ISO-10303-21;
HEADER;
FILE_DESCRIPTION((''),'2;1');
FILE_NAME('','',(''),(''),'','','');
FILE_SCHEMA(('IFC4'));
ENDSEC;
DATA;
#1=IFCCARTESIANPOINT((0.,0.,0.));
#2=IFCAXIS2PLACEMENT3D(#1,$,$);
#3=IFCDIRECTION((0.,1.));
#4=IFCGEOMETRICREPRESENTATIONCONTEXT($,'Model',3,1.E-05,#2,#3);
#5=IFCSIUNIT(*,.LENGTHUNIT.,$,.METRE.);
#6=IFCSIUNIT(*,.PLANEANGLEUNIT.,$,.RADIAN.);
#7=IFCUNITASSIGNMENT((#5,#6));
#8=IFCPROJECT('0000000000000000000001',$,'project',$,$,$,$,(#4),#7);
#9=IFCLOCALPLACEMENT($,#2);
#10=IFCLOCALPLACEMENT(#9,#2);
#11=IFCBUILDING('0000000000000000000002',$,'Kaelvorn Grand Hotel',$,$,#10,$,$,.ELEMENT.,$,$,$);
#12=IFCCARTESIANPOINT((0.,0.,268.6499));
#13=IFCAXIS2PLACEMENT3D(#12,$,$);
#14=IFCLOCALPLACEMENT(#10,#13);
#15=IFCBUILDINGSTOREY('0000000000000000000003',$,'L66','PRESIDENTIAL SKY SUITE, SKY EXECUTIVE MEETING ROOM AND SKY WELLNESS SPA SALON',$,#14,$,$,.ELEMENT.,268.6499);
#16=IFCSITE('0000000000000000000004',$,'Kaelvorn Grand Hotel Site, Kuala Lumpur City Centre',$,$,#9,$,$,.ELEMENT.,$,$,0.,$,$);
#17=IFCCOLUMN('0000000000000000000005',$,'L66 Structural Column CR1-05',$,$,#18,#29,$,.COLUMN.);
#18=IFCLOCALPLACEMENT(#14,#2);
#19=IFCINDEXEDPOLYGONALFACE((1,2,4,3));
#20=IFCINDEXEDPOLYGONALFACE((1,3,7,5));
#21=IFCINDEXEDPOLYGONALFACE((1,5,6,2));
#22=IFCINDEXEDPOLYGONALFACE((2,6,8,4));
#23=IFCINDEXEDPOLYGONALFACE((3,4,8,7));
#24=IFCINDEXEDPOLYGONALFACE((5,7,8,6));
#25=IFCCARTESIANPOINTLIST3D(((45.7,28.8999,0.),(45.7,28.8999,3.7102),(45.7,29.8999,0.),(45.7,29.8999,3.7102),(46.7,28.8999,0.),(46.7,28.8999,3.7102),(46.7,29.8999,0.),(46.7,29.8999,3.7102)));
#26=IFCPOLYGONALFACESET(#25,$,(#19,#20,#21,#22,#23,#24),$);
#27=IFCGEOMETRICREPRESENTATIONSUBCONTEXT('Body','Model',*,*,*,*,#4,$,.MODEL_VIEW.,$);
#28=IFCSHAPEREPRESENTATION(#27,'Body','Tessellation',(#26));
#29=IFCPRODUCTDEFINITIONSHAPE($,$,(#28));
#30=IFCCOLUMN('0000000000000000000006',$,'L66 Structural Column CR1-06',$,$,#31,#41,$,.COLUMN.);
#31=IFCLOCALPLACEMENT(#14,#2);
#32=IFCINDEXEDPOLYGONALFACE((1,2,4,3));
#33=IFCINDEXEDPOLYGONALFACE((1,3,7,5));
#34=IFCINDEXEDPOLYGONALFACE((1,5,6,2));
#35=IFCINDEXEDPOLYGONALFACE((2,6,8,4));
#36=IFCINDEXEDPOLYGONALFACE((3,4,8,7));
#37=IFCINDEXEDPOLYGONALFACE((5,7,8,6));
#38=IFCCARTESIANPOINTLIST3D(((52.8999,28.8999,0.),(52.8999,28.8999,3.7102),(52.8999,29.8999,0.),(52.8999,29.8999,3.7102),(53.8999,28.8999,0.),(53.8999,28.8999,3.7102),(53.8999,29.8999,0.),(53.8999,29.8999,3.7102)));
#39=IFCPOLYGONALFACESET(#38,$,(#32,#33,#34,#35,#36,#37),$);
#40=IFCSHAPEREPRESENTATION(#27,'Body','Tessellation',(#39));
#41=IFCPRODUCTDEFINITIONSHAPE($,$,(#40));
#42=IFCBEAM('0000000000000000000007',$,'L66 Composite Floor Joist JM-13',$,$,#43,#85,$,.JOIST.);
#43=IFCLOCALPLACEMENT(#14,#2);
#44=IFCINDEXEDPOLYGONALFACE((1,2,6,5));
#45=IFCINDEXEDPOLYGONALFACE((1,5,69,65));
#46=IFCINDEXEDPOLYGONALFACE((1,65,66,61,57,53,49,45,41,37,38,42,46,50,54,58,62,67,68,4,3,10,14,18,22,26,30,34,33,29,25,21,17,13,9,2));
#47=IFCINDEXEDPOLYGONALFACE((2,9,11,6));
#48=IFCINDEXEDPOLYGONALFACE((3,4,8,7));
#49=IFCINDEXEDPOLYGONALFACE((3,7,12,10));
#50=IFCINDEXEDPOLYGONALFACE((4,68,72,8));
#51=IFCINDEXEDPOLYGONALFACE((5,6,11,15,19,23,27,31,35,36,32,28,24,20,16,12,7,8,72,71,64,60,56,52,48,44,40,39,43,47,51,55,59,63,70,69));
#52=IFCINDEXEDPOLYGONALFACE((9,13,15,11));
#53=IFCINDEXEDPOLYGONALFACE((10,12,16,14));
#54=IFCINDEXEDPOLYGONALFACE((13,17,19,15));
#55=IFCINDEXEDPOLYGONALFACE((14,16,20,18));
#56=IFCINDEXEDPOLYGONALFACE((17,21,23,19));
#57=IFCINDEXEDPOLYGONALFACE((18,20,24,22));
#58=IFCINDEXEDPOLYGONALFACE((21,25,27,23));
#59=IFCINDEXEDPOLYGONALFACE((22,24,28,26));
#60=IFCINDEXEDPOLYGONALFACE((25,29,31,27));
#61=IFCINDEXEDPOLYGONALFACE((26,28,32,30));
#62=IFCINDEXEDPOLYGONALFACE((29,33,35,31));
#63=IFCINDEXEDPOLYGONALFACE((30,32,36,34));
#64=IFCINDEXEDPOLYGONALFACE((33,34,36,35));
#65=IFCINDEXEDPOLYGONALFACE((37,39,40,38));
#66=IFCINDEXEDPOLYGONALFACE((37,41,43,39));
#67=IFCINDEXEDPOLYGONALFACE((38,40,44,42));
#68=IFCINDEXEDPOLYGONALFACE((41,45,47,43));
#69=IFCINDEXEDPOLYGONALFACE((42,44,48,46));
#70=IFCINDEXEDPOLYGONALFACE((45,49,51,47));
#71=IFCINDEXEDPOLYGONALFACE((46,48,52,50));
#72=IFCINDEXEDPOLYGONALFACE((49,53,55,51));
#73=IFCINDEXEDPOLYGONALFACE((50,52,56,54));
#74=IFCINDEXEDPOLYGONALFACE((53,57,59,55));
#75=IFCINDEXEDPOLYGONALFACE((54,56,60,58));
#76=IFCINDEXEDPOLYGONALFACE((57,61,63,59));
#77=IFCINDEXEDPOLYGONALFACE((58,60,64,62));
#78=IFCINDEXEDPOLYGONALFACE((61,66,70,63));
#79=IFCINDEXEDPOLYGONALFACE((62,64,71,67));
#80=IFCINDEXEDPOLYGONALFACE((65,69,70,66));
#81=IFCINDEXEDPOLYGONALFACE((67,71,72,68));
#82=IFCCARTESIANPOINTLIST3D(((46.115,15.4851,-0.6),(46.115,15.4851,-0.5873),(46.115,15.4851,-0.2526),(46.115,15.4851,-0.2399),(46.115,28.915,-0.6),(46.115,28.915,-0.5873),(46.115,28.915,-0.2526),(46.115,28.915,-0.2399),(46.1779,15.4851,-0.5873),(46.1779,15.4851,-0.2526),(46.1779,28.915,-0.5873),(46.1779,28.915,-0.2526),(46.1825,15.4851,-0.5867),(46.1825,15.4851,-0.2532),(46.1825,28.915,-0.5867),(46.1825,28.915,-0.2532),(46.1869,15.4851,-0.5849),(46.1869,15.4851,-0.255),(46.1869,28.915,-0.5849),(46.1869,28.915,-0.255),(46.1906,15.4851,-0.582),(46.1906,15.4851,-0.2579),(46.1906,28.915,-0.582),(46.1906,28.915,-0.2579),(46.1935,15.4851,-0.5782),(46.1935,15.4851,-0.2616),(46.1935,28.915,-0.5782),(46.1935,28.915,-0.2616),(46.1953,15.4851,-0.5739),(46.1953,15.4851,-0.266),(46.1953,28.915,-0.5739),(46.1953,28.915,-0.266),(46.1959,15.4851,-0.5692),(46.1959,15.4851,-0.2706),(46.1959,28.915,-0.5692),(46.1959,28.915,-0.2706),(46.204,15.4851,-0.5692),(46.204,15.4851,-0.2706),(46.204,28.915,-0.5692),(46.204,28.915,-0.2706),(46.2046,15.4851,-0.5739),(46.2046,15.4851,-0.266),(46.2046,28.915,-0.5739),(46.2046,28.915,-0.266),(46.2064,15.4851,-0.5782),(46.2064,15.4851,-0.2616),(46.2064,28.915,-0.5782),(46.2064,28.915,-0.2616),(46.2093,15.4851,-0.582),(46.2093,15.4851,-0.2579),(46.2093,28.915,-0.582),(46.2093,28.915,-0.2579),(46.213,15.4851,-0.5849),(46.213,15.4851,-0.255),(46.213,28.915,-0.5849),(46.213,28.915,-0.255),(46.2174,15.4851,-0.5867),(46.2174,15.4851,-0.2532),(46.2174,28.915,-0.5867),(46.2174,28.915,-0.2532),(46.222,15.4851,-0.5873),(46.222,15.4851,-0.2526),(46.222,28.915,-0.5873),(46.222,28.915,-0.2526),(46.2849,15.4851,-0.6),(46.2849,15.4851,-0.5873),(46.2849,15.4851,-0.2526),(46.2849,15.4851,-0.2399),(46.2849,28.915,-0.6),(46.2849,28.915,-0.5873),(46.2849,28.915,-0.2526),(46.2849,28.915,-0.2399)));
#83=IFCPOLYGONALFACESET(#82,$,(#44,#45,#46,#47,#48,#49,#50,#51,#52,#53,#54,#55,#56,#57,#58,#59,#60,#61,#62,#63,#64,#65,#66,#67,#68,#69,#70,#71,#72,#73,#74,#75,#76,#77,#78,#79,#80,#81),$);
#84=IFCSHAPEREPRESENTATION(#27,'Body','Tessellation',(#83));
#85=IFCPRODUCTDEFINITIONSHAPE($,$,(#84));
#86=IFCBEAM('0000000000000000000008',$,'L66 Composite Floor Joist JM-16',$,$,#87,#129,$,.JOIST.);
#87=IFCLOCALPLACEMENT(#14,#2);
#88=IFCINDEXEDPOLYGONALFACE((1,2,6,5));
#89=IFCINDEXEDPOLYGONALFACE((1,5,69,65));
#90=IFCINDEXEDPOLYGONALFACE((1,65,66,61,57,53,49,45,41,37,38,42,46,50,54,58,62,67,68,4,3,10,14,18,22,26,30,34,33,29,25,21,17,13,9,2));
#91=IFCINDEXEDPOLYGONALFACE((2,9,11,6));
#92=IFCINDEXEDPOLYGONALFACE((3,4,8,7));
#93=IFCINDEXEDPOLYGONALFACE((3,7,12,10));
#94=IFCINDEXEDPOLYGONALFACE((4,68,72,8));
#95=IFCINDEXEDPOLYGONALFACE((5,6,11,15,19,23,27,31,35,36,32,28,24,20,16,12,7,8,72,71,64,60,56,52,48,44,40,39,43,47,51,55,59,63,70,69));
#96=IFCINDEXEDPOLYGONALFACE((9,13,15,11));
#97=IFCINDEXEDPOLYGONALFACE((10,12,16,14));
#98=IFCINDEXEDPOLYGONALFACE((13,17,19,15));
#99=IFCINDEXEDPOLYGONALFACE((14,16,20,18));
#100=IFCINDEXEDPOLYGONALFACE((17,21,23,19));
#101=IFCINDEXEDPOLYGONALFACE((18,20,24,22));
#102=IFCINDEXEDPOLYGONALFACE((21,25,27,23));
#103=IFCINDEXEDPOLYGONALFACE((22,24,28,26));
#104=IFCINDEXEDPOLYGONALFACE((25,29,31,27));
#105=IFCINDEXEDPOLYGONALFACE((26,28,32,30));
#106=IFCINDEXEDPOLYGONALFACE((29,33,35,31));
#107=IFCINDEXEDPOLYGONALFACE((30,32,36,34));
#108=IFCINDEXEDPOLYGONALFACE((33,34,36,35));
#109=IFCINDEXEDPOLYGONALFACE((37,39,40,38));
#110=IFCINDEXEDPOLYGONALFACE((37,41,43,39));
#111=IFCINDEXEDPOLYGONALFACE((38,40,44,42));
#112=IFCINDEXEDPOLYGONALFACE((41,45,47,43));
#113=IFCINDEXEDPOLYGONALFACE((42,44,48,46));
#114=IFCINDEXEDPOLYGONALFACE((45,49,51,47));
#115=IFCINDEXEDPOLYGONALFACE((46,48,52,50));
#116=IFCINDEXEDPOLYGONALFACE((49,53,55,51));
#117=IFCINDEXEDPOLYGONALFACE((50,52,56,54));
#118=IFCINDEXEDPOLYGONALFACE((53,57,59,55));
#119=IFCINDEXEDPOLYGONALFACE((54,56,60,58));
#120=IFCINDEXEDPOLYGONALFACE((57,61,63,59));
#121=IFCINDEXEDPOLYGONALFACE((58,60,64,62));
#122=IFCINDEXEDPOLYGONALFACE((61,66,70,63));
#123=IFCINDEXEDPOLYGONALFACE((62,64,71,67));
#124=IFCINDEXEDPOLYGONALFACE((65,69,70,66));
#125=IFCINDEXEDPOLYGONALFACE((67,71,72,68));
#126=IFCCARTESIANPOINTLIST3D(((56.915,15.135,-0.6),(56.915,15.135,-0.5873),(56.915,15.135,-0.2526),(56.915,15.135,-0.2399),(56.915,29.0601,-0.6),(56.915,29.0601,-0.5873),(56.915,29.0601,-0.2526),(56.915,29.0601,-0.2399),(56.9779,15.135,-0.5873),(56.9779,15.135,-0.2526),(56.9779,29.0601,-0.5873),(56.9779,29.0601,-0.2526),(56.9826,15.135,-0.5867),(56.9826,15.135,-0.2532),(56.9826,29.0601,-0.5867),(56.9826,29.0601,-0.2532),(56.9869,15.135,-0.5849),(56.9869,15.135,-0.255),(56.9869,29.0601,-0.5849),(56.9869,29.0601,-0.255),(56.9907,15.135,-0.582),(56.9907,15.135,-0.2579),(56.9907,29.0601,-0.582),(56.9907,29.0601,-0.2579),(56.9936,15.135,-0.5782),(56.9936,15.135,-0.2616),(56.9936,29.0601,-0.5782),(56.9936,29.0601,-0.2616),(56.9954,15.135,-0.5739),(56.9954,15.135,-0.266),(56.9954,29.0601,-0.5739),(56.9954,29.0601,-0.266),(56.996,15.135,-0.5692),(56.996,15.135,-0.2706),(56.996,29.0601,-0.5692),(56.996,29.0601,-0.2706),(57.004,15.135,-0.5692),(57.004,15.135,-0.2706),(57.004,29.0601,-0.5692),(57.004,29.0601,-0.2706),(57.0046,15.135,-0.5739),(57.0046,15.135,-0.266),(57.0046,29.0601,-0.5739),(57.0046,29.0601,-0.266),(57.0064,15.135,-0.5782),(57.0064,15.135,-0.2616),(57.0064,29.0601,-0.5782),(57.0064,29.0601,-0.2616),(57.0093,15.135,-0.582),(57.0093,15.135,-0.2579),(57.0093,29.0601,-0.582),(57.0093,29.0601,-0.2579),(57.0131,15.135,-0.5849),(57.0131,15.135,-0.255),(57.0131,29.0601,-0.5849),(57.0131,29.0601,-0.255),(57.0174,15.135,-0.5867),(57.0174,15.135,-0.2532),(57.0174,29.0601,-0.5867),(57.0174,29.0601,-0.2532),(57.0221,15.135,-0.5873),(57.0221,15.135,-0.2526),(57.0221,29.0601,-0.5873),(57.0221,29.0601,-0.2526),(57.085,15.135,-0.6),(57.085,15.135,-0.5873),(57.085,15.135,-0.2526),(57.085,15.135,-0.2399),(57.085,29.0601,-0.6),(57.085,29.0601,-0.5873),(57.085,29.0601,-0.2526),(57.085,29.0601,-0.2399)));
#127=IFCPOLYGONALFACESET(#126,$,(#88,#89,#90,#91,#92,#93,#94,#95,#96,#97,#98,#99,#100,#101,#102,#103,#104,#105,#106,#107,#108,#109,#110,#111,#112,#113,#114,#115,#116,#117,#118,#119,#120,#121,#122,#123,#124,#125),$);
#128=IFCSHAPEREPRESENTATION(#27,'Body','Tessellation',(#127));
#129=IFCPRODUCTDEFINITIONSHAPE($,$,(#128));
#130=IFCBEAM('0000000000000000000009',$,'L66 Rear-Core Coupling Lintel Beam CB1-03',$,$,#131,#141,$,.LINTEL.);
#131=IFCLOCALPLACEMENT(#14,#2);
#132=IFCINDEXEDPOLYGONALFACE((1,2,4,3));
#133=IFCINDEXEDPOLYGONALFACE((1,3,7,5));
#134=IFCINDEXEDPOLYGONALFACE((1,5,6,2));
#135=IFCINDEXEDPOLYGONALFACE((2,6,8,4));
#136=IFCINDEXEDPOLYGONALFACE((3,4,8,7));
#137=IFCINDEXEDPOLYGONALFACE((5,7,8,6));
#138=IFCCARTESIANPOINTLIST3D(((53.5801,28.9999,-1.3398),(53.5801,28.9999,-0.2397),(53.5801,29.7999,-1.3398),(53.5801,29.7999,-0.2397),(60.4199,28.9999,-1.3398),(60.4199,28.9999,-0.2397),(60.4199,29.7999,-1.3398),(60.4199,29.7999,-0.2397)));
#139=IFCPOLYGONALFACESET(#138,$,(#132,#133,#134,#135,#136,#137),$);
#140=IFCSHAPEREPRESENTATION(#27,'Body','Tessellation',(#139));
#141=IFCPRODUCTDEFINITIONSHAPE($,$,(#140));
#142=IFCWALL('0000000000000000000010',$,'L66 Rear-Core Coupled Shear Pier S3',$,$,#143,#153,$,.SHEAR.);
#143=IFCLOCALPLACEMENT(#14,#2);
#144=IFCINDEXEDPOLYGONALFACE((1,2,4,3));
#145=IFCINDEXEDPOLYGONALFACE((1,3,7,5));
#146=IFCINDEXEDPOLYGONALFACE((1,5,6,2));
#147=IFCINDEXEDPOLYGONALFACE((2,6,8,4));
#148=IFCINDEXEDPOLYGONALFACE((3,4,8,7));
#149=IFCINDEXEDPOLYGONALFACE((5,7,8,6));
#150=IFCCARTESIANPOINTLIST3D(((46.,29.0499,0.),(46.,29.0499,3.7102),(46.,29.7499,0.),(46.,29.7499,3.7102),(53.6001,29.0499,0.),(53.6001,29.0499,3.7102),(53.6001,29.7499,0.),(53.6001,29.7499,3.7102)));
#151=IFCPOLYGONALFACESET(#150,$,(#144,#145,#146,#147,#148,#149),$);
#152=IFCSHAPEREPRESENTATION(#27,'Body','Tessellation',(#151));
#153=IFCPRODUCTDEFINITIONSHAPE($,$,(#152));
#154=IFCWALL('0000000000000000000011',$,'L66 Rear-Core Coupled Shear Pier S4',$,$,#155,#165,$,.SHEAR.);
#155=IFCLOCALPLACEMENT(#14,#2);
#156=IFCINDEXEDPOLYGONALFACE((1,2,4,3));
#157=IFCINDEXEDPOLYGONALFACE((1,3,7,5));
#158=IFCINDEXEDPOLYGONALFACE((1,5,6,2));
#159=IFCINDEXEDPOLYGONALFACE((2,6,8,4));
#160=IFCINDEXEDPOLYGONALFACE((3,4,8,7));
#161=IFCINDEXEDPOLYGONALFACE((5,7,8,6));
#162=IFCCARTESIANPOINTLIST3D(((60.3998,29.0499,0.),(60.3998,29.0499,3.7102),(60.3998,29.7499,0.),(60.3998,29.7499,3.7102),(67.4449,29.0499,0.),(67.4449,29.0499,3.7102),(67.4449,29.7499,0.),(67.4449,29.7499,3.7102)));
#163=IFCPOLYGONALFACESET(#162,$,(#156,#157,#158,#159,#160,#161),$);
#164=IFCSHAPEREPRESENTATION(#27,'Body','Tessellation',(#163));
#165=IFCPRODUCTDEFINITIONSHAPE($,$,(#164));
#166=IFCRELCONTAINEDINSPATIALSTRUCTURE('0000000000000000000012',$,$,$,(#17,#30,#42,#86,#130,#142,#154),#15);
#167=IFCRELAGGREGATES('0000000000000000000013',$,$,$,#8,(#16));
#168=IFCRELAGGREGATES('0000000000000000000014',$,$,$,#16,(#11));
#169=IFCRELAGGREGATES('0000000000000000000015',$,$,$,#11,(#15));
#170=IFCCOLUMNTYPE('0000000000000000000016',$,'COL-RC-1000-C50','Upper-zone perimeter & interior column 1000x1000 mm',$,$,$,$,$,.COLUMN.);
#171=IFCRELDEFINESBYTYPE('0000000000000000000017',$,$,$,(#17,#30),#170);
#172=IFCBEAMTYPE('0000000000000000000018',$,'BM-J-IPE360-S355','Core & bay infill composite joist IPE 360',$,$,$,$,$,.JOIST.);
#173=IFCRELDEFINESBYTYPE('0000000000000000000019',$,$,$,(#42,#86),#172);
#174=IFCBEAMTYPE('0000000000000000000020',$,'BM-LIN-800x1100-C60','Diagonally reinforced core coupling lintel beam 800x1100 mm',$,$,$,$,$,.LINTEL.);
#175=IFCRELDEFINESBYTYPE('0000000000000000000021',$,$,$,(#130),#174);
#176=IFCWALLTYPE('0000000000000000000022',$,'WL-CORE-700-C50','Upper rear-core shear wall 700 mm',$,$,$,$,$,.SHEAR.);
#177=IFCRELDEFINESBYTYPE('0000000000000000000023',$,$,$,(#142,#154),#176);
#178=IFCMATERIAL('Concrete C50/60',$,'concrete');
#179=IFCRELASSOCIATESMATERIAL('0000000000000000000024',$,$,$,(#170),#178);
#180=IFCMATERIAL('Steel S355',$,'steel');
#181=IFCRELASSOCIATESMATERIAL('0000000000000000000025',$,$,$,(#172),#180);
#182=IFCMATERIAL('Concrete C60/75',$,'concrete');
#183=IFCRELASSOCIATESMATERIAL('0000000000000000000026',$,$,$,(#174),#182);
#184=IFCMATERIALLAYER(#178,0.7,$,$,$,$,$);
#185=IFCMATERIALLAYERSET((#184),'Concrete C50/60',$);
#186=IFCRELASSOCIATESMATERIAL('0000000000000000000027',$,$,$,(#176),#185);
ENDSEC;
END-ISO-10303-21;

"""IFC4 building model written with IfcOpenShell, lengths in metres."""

from ifc_helpers import new_model, si_unit, direction, frame, frame_2d, origin, origin_2d, place, context, subcontext, project, spatial, rectangle, i_section, extrude, material, layer, layer_set, material_profile, profile_set, type_object, element, save


model = new_model("IFC4")

# Units and contexts
model_context = context("Model", 3, precision=1e-05, world=origin(), true_north=direction((0.0, 1.0)))
body_context = subcontext(model_context, "Body", "Model", "MODEL_VIEW")
ifc_project = project(units=[si_unit("LENGTHUNIT", "METRE"), si_unit("PLANEANGLEUNIT", "RADIAN")], contexts=[model_context])

# Site, building, storey
site_placement = place(None, origin())
site = spatial("IfcSite", under=ifc_project, at=site_placement, Name="Kaelvorn Grand Hotel Site, Kuala Lumpur City Centre", CompositionType="ELEMENT", RefElevation=0.0)
building_placement = place(site_placement, origin())
building = spatial("IfcBuilding", under=site, at=building_placement, Name="Kaelvorn Grand Hotel", CompositionType="ELEMENT")
storey_placement = place(building_placement, frame((0.0, 0.0, 268.6499)))
storey = spatial("IfcBuildingStorey", under=building, at=storey_placement, Name="L66", Description="PRESIDENTIAL SKY SUITE, SKY EXECUTIVE MEETING ROOM AND SKY WELLNESS SPA SALON", CompositionType="ELEMENT", Elevation=268.6499)

# Columns
ifc_material_1 = material(Name="Concrete C50/60", Category="concrete")
ifc_material_profile_1 = material_profile(ifc_material_1, rectangle(XDim=1.0, YDim=1.0, at=origin_2d()), Name="RC COL 1000x1000")
ifc_profile_set_1 = profile_set([ifc_material_profile_1], Name="Concrete C50/60")
column_type = type_object("IfcColumnType", Name="COL-RC-1000-C50", Description="Upper-zone perimeter & interior column 1000x1000 mm", PredefinedType="COLUMN", material=ifc_profile_set_1)
for number, where, z_axis, x_axis, name in (
    (1, (46.2, 29.3999, 0.0), (0.0, 0.0, 1.0), (1.0, 0.0, 0.0), "L66 Structural Column CR1-05"),
    (2, (53.3999, 29.3999, 0.0), (0.0, 0.0, 1.0), (1.0, 0.0, 0.0), "L66 Structural Column CR1-06"),
):
    element("IfcColumn", number, at=place(storey_placement, frame(where, z_axis=z_axis, x_axis=x_axis)), inside=storey, type_object=column_type, Name=name, PredefinedType="COLUMN", context=body_context, shape_type="SweptSolid", body=[
        extrude(rectangle(XDim=1.0, YDim=1.0, at=origin_2d()), origin(), (0.0, 0.0, 1.0), 3.7102),
    ])

# Beams
ifc_material_2 = material(Name="Steel S355", Category="steel")
ifc_material_profile_2 = material_profile(ifc_material_2, i_section(OverallWidth=0.1699, OverallDepth=0.3601, WebThickness=0.0081, FlangeThickness=0.0127, FilletRadius=0.0181, at=origin_2d()), Name="IPE 360")
ifc_profile_set_2 = profile_set([ifc_material_profile_2], Name="Steel S355")
beam_type_1 = type_object("IfcBeamType", Name="BM-J-IPE360-S355", Description="Core & bay infill composite joist IPE 360", PredefinedType="JOIST", material=ifc_profile_set_2)
beam_1_placement = place(storey_placement, frame((46.2, 15.4851, -0.4199), z_axis=(0.0, 1.0, 0.0), x_axis=(-1.0, 0.0, 0.0)))
element("IfcBeam", 3, at=beam_1_placement, inside=storey, type_object=beam_type_1, Name="L66 Composite Floor Joist JM-13", PredefinedType="JOIST", context=body_context, shape_type="SweptSolid", body=[
    extrude(i_section(OverallWidth=0.1699, OverallDepth=0.3601, WebThickness=0.0081, FlangeThickness=0.0127, FilletRadius=0.0181, at=origin_2d()), origin(), (0.0, 0.0, 1.0), 13.4299),
])
beam_2_placement = place(storey_placement, frame((57.0, 15.135, -0.4199), z_axis=(0.0, 1.0, 0.0), x_axis=(-1.0, 0.0, 0.0)))
element("IfcBeam", 4, at=beam_2_placement, inside=storey, type_object=beam_type_1, Name="L66 Composite Floor Joist JM-16", PredefinedType="JOIST", context=body_context, shape_type="SweptSolid", body=[
    extrude(i_section(OverallWidth=0.1699, OverallDepth=0.3601, WebThickness=0.0081, FlangeThickness=0.0127, FilletRadius=0.0181, at=origin_2d()), origin(), (0.0, 0.0, 1.0), 13.925),
])
ifc_material_3 = material(Name="Concrete C60/75", Category="concrete")
ifc_material_profile_3 = material_profile(ifc_material_3, rectangle(XDim=0.8, YDim=1.1001, at=origin_2d()), Name="RC LINTEL 800x1100")
ifc_profile_set_3 = profile_set([ifc_material_profile_3], Name="Concrete C60/75")
beam_type_2 = type_object("IfcBeamType", Name="BM-LIN-800x1100-C60", Description="Diagonally reinforced core coupling lintel beam 800x1100 mm", PredefinedType="LINTEL", material=ifc_profile_set_3)
beam_3_placement = place(storey_placement, frame((53.5801, 29.3999, -0.7898), z_axis=(1.0, 0.0, 0.0), x_axis=(0.0, 1.0, 0.0)))
element("IfcBeam", 5, at=beam_3_placement, inside=storey, type_object=beam_type_2, Name="L66 Rear-Core Coupling Lintel Beam CB1-03", PredefinedType="LINTEL", context=body_context, shape_type="SweptSolid", body=[
    extrude(rectangle(XDim=0.8, YDim=1.1001, at=origin_2d()), origin(), (0.0, 0.0, 1.0), 6.8398),
])

# Walls
ifc_layer_1 = layer(ifc_material_1, 0.7)
ifc_layer_set_1 = layer_set([ifc_layer_1], Name="Concrete C50/60")
wall_type_1 = type_object("IfcWallType", Name="WL-CORE-700-C50", Description="Upper rear-core shear wall 700 mm", PredefinedType="SHEAR", material=ifc_layer_set_1)
wall_1_placement = place(storey_placement, frame((46.0, 29.3999, 0.0), z_axis=(0.0, 0.0, 1.0), x_axis=(1.0, 0.0, 0.0)))
element("IfcWall", 6, at=wall_1_placement, inside=storey, type_object=wall_type_1, Name="L66 Rear-Core Coupled Shear Pier S3", PredefinedType="SHEAR", context=body_context, shape_type="SweptSolid", body=[
    extrude(rectangle(XDim=7.6001, YDim=0.7, at=frame_2d((3.8, 0.0))), origin(), (0.0, 0.0, 1.0), 3.7102),
])
wall_2_placement = place(storey_placement, frame((60.3999, 29.3999, 0.0), z_axis=(0.0, 0.0, 1.0), x_axis=(1.0, 0.0, 0.0)))
element("IfcWall", 7, at=wall_2_placement, inside=storey, type_object=wall_type_1, Name="L66 Rear-Core Coupled Shear Pier S4", PredefinedType="SHEAR", context=body_context, shape_type="SweptSolid", body=[
    extrude(rectangle(XDim=7.0452, YDim=0.7, at=frame_2d((3.5225, 0.0))), origin(), (0.0, 0.0, 1.0), 3.7102),
])

save(model, "model.ifc")
